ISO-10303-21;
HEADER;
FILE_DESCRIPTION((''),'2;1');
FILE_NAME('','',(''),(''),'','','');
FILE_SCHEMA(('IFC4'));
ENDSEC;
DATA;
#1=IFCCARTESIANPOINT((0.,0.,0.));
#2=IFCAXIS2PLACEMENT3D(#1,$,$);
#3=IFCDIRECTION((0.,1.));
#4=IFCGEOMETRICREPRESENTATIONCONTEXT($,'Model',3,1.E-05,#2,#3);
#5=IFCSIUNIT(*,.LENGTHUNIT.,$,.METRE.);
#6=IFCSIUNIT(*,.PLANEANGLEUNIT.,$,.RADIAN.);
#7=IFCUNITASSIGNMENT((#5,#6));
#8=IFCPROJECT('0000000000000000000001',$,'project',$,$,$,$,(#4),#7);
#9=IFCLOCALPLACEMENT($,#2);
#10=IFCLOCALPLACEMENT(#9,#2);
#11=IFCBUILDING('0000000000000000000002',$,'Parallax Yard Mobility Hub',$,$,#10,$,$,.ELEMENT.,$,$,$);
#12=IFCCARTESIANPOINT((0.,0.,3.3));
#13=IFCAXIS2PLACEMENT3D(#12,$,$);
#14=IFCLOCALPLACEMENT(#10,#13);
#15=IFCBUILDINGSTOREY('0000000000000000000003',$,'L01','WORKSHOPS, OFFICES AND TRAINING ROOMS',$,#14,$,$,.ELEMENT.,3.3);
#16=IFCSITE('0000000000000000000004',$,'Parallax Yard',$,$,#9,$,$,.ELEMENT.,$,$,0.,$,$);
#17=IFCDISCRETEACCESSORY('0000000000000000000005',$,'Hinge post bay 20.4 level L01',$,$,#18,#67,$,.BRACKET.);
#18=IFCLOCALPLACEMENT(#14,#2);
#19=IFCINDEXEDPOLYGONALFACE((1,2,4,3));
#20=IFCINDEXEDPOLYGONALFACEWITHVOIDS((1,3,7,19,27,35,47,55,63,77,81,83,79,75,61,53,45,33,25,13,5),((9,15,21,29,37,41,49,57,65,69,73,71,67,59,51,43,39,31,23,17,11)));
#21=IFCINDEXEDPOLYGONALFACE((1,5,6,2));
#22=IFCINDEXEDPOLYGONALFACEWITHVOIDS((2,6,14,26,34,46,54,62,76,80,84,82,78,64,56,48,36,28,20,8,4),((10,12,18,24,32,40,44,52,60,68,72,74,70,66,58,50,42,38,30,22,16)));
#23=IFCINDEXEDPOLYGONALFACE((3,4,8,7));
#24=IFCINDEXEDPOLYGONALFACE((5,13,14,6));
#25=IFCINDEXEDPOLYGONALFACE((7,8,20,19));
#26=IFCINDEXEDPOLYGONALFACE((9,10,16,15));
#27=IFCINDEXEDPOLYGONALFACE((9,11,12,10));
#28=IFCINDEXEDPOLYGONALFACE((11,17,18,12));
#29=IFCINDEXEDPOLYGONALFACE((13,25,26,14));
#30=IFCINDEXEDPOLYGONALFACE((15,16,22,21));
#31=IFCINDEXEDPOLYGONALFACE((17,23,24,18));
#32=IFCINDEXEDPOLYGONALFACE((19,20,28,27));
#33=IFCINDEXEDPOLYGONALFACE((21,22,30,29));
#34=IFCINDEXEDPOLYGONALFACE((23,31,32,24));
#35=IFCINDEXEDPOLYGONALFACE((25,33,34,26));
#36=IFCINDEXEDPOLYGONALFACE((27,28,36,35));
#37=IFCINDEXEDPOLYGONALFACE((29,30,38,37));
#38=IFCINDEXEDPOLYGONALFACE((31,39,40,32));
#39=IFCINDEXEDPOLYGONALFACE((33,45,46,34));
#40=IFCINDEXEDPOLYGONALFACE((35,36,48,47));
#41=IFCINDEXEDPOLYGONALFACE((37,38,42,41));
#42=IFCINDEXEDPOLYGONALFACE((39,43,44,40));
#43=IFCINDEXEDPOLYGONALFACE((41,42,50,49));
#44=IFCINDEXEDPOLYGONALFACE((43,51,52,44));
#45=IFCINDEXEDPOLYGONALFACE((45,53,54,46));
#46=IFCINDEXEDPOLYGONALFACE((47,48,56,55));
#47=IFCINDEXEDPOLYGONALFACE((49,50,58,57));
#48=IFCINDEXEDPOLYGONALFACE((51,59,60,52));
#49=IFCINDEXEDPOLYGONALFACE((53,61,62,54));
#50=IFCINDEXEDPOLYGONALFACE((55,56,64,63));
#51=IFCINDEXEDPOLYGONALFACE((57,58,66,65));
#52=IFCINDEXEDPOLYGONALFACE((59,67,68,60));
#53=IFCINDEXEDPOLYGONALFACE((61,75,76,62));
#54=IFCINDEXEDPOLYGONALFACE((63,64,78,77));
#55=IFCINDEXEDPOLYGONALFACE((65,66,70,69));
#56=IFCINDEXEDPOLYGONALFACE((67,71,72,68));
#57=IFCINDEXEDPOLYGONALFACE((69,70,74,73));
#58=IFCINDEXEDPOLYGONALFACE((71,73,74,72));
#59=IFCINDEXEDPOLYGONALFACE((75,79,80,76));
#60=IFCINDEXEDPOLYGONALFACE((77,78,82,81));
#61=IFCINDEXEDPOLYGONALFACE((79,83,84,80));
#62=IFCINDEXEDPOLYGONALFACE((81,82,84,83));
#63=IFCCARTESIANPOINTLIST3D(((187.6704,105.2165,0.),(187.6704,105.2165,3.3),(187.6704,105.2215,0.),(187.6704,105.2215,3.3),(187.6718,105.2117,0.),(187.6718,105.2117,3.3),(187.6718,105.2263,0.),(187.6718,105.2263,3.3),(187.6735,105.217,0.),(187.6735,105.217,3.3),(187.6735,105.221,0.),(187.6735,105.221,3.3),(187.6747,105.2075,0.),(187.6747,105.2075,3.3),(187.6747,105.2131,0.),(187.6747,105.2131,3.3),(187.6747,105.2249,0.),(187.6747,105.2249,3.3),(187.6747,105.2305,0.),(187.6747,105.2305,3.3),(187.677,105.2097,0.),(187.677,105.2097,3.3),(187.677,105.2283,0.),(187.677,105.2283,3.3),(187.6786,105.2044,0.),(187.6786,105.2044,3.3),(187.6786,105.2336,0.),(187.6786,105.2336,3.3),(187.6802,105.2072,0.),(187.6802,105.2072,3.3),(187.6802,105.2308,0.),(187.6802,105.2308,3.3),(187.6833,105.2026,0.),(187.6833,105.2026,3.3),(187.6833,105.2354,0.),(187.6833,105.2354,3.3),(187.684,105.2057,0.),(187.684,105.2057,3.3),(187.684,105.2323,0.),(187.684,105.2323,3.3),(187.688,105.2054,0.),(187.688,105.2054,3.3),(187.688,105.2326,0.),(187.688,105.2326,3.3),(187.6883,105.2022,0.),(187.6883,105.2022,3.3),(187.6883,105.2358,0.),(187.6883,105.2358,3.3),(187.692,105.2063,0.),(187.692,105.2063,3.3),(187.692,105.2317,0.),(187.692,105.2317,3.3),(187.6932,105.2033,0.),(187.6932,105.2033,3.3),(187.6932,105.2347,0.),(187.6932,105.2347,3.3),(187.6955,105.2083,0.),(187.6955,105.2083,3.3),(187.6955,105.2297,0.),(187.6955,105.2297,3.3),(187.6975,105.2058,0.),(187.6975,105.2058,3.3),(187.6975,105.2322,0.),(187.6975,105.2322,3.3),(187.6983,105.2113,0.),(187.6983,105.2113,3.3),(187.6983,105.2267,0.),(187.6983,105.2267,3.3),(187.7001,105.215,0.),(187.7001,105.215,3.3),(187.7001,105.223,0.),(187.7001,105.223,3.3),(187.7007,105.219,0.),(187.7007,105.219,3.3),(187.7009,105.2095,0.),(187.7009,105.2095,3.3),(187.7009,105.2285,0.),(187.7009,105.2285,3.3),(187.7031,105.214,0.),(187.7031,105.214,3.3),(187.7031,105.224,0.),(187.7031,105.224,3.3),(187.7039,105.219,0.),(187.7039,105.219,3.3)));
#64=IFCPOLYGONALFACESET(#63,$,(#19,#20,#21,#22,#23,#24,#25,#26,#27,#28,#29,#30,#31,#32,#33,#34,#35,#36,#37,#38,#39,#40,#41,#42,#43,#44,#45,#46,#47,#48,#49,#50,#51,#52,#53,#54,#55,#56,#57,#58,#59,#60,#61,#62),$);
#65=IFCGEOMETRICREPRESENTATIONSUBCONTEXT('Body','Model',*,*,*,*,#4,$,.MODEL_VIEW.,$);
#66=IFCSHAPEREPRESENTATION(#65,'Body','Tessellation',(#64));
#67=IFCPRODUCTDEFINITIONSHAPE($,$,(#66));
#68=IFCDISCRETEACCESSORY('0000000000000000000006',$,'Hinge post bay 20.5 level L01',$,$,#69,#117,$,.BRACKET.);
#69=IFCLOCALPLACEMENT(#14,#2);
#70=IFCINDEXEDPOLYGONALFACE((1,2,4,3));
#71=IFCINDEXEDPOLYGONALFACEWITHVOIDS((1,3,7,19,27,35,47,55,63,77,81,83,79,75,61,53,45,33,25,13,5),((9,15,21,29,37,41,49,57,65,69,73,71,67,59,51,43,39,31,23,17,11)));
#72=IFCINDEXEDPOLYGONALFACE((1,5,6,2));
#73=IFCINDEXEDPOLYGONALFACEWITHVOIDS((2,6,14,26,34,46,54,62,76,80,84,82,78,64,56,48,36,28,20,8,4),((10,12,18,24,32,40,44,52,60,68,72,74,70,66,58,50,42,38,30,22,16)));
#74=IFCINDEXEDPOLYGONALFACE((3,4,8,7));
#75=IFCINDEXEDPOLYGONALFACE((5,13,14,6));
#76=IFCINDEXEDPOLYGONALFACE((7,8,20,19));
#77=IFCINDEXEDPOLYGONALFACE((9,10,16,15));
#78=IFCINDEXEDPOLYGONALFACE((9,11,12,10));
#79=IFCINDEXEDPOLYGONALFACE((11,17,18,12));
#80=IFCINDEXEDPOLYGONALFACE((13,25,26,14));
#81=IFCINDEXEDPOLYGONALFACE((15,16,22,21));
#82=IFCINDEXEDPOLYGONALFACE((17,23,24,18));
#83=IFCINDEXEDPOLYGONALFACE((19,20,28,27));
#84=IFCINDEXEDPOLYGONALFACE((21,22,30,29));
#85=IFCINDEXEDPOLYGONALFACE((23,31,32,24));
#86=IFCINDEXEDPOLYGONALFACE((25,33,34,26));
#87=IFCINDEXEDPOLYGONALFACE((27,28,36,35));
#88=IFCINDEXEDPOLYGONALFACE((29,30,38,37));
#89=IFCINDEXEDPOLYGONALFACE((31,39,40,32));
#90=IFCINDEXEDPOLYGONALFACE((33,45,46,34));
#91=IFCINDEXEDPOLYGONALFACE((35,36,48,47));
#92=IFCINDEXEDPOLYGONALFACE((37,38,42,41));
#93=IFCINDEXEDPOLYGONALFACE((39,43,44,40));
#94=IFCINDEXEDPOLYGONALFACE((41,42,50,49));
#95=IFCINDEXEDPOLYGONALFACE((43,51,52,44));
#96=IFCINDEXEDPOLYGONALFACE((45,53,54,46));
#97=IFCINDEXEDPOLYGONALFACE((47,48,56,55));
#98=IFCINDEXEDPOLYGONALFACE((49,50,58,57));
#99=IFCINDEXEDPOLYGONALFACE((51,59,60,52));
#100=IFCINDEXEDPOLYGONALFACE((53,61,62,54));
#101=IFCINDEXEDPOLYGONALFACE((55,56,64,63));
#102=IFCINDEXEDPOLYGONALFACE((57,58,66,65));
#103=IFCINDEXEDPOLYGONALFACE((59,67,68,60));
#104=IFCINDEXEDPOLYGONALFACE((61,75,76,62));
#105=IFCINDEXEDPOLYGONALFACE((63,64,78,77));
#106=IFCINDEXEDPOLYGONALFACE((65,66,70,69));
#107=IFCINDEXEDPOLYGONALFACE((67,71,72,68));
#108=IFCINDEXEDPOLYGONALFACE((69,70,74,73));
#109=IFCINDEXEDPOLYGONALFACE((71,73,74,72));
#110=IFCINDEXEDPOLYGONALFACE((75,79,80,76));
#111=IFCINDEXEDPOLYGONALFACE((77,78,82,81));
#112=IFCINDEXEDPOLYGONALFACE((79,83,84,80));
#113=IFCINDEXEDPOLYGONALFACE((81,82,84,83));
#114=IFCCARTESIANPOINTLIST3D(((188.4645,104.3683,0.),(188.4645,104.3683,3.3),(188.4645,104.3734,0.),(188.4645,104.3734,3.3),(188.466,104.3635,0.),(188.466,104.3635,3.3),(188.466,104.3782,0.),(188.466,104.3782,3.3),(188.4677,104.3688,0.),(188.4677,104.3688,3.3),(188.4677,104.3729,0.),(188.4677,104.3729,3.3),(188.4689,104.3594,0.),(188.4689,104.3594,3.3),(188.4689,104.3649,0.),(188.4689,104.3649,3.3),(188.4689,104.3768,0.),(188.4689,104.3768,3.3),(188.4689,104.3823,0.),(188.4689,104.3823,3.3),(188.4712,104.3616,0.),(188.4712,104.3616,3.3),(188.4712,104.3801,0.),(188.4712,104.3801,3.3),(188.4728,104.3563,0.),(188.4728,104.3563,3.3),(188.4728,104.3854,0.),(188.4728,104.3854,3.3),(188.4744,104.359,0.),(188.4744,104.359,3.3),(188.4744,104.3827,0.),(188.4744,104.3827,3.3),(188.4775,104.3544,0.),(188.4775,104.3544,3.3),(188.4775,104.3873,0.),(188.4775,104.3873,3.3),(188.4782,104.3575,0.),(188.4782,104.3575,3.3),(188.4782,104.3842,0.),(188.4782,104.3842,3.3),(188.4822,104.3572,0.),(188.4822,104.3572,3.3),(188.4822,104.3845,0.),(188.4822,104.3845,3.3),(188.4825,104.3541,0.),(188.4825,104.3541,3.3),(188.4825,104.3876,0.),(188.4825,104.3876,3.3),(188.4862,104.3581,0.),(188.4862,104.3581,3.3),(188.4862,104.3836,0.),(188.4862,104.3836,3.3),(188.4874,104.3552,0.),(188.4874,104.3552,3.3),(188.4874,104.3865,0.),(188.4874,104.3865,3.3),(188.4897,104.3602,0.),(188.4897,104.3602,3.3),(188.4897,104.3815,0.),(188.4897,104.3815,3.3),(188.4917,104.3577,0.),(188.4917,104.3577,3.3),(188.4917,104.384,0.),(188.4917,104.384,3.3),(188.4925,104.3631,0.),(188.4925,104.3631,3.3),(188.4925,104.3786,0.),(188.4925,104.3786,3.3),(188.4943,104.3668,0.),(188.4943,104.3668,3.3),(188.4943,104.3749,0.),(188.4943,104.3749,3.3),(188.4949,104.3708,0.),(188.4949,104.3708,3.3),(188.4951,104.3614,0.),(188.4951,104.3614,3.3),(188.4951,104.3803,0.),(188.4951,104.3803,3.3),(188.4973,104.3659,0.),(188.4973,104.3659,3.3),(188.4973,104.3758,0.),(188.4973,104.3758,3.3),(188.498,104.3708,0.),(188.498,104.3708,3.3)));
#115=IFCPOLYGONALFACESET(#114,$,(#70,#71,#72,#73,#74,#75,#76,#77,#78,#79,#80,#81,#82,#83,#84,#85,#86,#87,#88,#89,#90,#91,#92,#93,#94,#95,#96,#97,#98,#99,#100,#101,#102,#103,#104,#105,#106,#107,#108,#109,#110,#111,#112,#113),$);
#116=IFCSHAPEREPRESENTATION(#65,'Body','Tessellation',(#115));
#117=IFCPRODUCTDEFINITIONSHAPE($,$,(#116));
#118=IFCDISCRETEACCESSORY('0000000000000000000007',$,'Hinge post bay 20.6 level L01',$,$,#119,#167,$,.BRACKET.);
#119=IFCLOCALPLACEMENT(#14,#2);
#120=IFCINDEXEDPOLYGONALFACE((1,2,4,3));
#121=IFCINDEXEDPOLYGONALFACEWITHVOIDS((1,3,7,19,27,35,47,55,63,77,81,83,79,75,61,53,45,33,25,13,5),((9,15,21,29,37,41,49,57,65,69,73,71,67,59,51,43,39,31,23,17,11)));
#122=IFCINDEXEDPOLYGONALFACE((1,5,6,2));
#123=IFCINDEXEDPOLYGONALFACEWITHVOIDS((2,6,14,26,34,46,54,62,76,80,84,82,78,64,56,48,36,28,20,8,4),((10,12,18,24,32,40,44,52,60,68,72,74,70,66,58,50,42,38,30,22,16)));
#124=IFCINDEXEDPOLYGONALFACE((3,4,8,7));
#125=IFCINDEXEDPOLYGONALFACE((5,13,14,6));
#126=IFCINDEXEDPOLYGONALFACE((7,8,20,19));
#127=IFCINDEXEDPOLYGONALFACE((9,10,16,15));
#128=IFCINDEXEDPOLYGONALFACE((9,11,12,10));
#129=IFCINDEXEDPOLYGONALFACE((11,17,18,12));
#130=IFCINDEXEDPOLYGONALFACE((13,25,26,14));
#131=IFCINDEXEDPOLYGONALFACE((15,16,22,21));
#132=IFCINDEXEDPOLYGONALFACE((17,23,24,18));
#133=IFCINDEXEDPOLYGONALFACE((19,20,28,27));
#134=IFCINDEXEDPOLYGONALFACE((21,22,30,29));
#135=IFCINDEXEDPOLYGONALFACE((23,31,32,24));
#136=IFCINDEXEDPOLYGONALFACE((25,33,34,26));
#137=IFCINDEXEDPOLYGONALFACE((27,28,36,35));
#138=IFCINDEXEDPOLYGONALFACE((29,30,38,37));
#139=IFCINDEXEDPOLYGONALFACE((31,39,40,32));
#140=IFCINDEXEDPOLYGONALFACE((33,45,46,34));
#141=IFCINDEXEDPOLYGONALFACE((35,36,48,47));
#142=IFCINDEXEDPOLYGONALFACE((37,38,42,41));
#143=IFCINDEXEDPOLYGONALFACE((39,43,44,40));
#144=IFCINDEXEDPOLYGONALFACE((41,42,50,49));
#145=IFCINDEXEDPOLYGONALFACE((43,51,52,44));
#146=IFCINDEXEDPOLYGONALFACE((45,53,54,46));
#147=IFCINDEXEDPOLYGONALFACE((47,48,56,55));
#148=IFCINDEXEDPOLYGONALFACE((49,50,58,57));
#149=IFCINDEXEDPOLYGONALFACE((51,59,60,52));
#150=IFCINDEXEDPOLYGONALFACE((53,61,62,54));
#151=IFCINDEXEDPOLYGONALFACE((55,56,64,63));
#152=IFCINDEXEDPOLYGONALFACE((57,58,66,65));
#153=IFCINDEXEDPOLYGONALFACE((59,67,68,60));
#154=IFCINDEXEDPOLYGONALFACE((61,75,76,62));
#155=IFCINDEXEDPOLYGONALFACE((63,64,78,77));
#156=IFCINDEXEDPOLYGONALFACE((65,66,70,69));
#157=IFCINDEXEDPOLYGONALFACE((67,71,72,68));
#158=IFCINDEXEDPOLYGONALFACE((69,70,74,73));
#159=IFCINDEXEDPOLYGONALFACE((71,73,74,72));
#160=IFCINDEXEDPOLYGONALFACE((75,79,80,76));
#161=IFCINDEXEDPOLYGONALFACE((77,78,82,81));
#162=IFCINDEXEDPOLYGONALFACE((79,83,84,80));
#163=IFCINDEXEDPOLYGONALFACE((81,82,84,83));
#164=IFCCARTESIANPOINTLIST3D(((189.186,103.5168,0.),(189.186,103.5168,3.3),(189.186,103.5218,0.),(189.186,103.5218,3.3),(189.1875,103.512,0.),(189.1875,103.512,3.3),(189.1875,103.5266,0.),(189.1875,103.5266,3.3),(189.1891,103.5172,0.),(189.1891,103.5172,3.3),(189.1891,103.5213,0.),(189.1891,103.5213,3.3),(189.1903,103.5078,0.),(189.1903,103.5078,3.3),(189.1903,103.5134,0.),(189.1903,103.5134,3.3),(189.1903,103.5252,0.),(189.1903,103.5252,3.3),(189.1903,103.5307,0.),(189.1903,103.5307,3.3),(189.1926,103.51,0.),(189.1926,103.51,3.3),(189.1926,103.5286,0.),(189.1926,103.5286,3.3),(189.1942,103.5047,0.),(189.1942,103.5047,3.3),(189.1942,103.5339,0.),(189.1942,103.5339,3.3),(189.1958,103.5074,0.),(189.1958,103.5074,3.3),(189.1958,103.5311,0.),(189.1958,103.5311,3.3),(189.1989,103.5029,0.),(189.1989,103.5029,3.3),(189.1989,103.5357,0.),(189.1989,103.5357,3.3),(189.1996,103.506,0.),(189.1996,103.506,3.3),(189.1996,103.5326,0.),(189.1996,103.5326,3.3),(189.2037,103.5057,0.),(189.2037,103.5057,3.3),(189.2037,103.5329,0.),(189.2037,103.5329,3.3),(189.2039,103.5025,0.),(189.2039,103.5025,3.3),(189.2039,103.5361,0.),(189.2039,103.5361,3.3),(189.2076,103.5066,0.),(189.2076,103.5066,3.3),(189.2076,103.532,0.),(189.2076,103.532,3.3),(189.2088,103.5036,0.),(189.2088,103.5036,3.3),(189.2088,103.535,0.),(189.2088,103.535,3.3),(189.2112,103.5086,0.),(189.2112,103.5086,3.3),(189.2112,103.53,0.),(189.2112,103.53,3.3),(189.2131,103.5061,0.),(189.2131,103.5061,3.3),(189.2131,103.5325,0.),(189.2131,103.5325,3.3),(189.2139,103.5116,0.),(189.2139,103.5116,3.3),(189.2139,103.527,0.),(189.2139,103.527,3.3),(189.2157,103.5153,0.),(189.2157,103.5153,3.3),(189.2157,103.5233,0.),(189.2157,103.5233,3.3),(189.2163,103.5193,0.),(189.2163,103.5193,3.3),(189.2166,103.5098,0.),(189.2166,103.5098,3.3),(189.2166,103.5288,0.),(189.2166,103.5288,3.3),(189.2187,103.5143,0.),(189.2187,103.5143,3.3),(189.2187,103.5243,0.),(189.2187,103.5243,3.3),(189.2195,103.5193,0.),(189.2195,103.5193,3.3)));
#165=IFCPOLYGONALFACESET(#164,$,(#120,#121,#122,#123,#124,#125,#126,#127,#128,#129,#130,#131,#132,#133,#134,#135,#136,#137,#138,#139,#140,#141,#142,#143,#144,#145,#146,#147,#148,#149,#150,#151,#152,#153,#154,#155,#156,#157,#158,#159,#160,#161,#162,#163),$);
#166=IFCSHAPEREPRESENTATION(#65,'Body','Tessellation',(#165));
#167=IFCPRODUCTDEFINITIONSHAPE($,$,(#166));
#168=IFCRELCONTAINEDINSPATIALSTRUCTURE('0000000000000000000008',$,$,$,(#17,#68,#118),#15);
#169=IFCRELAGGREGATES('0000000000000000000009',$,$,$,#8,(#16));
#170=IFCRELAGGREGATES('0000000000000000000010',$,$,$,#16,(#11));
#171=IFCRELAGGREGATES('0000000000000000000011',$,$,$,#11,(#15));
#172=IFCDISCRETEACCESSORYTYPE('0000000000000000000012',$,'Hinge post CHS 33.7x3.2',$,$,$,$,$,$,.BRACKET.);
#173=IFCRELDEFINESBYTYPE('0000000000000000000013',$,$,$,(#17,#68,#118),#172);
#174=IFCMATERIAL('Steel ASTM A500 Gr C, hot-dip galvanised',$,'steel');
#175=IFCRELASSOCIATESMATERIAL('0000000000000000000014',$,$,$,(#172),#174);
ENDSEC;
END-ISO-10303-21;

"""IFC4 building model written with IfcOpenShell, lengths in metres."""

from ifc_helpers import new_model, si_unit, direction, frame, origin, origin_2d, place, context, subcontext, project, spatial, hollow_circle, extrude, material, material_profile, profile_set, type_object, element, save


model = new_model("IFC4")

# Units and contexts
model_context = context("Model", 3, precision=1e-05, world=origin(), true_north=direction((0.0, 1.0)))
body_context = subcontext(model_context, "Body", "Model", "MODEL_VIEW")
ifc_project = project(units=[si_unit("LENGTHUNIT", "METRE"), si_unit("PLANEANGLEUNIT", "RADIAN")], contexts=[model_context])

# Site, building, storey
site_placement = place(None, origin())
site = spatial("IfcSite", under=ifc_project, at=site_placement, Name="Parallax Yard", CompositionType="ELEMENT", RefElevation=0.0)
building_placement = place(site_placement, origin())
building = spatial("IfcBuilding", under=site, at=building_placement, Name="Parallax Yard Mobility Hub", CompositionType="ELEMENT")
storey_placement = place(building_placement, frame((0.0, 0.0, 3.3)))
storey = spatial("IfcBuildingStorey", under=building, at=storey_placement, Name="L01", Description="WORKSHOPS, OFFICES AND TRAINING ROOMS", CompositionType="ELEMENT", Elevation=3.3)

# Discrete accessories
ifc_material_1 = material(Name="Steel ASTM A500 Gr C, hot-dip galvanised", Category="steel")
ifc_material_profile_1 = material_profile(ifc_material_1, hollow_circle(Radius=0.0168, WallThickness=0.0032, at=origin_2d()), Name="CHS 33.7x3.2")
ifc_profile_set_1 = profile_set([ifc_material_profile_1], Name="Steel ASTM A500 Gr C, hot-dip galvanised")
discrete_accessory_type_1 = type_object("IfcDiscreteAccessoryType", Name="Hinge post CHS 33.7x3.2", PredefinedType="BRACKET", material=ifc_profile_set_1)
for number, where, z_axis, x_axis, name in (
    (1, (187.687, 105.219, 0.0), (0.0, 0.0, 1.0), (1.0, 0.0, 0.0), "Hinge post bay 20.4 level L01"),
    (2, (188.4812, 104.3708, 0.0), (0.0, 0.0, 1.0), (1.0, 0.0, 0.0), "Hinge post bay 20.5 level L01"),
    (3, (189.2026, 103.5193, 0.0), (0.0, 0.0, 1.0), (1.0, 0.0, 0.0), "Hinge post bay 20.6 level L01"),
):
    element("IfcDiscreteAccessory", number, at=place(storey_placement, frame(where, z_axis=z_axis, x_axis=x_axis)), inside=storey, type_object=discrete_accessory_type_1, Name=name, PredefinedType="BRACKET", context=body_context, shape_type="SweptSolid", body=[
        extrude(hollow_circle(Radius=0.0168, WallThickness=0.0032, at=origin_2d()), origin(), (0.0, 0.0, 1.0), 3.3),
    ])

save(model, "model.ifc")
